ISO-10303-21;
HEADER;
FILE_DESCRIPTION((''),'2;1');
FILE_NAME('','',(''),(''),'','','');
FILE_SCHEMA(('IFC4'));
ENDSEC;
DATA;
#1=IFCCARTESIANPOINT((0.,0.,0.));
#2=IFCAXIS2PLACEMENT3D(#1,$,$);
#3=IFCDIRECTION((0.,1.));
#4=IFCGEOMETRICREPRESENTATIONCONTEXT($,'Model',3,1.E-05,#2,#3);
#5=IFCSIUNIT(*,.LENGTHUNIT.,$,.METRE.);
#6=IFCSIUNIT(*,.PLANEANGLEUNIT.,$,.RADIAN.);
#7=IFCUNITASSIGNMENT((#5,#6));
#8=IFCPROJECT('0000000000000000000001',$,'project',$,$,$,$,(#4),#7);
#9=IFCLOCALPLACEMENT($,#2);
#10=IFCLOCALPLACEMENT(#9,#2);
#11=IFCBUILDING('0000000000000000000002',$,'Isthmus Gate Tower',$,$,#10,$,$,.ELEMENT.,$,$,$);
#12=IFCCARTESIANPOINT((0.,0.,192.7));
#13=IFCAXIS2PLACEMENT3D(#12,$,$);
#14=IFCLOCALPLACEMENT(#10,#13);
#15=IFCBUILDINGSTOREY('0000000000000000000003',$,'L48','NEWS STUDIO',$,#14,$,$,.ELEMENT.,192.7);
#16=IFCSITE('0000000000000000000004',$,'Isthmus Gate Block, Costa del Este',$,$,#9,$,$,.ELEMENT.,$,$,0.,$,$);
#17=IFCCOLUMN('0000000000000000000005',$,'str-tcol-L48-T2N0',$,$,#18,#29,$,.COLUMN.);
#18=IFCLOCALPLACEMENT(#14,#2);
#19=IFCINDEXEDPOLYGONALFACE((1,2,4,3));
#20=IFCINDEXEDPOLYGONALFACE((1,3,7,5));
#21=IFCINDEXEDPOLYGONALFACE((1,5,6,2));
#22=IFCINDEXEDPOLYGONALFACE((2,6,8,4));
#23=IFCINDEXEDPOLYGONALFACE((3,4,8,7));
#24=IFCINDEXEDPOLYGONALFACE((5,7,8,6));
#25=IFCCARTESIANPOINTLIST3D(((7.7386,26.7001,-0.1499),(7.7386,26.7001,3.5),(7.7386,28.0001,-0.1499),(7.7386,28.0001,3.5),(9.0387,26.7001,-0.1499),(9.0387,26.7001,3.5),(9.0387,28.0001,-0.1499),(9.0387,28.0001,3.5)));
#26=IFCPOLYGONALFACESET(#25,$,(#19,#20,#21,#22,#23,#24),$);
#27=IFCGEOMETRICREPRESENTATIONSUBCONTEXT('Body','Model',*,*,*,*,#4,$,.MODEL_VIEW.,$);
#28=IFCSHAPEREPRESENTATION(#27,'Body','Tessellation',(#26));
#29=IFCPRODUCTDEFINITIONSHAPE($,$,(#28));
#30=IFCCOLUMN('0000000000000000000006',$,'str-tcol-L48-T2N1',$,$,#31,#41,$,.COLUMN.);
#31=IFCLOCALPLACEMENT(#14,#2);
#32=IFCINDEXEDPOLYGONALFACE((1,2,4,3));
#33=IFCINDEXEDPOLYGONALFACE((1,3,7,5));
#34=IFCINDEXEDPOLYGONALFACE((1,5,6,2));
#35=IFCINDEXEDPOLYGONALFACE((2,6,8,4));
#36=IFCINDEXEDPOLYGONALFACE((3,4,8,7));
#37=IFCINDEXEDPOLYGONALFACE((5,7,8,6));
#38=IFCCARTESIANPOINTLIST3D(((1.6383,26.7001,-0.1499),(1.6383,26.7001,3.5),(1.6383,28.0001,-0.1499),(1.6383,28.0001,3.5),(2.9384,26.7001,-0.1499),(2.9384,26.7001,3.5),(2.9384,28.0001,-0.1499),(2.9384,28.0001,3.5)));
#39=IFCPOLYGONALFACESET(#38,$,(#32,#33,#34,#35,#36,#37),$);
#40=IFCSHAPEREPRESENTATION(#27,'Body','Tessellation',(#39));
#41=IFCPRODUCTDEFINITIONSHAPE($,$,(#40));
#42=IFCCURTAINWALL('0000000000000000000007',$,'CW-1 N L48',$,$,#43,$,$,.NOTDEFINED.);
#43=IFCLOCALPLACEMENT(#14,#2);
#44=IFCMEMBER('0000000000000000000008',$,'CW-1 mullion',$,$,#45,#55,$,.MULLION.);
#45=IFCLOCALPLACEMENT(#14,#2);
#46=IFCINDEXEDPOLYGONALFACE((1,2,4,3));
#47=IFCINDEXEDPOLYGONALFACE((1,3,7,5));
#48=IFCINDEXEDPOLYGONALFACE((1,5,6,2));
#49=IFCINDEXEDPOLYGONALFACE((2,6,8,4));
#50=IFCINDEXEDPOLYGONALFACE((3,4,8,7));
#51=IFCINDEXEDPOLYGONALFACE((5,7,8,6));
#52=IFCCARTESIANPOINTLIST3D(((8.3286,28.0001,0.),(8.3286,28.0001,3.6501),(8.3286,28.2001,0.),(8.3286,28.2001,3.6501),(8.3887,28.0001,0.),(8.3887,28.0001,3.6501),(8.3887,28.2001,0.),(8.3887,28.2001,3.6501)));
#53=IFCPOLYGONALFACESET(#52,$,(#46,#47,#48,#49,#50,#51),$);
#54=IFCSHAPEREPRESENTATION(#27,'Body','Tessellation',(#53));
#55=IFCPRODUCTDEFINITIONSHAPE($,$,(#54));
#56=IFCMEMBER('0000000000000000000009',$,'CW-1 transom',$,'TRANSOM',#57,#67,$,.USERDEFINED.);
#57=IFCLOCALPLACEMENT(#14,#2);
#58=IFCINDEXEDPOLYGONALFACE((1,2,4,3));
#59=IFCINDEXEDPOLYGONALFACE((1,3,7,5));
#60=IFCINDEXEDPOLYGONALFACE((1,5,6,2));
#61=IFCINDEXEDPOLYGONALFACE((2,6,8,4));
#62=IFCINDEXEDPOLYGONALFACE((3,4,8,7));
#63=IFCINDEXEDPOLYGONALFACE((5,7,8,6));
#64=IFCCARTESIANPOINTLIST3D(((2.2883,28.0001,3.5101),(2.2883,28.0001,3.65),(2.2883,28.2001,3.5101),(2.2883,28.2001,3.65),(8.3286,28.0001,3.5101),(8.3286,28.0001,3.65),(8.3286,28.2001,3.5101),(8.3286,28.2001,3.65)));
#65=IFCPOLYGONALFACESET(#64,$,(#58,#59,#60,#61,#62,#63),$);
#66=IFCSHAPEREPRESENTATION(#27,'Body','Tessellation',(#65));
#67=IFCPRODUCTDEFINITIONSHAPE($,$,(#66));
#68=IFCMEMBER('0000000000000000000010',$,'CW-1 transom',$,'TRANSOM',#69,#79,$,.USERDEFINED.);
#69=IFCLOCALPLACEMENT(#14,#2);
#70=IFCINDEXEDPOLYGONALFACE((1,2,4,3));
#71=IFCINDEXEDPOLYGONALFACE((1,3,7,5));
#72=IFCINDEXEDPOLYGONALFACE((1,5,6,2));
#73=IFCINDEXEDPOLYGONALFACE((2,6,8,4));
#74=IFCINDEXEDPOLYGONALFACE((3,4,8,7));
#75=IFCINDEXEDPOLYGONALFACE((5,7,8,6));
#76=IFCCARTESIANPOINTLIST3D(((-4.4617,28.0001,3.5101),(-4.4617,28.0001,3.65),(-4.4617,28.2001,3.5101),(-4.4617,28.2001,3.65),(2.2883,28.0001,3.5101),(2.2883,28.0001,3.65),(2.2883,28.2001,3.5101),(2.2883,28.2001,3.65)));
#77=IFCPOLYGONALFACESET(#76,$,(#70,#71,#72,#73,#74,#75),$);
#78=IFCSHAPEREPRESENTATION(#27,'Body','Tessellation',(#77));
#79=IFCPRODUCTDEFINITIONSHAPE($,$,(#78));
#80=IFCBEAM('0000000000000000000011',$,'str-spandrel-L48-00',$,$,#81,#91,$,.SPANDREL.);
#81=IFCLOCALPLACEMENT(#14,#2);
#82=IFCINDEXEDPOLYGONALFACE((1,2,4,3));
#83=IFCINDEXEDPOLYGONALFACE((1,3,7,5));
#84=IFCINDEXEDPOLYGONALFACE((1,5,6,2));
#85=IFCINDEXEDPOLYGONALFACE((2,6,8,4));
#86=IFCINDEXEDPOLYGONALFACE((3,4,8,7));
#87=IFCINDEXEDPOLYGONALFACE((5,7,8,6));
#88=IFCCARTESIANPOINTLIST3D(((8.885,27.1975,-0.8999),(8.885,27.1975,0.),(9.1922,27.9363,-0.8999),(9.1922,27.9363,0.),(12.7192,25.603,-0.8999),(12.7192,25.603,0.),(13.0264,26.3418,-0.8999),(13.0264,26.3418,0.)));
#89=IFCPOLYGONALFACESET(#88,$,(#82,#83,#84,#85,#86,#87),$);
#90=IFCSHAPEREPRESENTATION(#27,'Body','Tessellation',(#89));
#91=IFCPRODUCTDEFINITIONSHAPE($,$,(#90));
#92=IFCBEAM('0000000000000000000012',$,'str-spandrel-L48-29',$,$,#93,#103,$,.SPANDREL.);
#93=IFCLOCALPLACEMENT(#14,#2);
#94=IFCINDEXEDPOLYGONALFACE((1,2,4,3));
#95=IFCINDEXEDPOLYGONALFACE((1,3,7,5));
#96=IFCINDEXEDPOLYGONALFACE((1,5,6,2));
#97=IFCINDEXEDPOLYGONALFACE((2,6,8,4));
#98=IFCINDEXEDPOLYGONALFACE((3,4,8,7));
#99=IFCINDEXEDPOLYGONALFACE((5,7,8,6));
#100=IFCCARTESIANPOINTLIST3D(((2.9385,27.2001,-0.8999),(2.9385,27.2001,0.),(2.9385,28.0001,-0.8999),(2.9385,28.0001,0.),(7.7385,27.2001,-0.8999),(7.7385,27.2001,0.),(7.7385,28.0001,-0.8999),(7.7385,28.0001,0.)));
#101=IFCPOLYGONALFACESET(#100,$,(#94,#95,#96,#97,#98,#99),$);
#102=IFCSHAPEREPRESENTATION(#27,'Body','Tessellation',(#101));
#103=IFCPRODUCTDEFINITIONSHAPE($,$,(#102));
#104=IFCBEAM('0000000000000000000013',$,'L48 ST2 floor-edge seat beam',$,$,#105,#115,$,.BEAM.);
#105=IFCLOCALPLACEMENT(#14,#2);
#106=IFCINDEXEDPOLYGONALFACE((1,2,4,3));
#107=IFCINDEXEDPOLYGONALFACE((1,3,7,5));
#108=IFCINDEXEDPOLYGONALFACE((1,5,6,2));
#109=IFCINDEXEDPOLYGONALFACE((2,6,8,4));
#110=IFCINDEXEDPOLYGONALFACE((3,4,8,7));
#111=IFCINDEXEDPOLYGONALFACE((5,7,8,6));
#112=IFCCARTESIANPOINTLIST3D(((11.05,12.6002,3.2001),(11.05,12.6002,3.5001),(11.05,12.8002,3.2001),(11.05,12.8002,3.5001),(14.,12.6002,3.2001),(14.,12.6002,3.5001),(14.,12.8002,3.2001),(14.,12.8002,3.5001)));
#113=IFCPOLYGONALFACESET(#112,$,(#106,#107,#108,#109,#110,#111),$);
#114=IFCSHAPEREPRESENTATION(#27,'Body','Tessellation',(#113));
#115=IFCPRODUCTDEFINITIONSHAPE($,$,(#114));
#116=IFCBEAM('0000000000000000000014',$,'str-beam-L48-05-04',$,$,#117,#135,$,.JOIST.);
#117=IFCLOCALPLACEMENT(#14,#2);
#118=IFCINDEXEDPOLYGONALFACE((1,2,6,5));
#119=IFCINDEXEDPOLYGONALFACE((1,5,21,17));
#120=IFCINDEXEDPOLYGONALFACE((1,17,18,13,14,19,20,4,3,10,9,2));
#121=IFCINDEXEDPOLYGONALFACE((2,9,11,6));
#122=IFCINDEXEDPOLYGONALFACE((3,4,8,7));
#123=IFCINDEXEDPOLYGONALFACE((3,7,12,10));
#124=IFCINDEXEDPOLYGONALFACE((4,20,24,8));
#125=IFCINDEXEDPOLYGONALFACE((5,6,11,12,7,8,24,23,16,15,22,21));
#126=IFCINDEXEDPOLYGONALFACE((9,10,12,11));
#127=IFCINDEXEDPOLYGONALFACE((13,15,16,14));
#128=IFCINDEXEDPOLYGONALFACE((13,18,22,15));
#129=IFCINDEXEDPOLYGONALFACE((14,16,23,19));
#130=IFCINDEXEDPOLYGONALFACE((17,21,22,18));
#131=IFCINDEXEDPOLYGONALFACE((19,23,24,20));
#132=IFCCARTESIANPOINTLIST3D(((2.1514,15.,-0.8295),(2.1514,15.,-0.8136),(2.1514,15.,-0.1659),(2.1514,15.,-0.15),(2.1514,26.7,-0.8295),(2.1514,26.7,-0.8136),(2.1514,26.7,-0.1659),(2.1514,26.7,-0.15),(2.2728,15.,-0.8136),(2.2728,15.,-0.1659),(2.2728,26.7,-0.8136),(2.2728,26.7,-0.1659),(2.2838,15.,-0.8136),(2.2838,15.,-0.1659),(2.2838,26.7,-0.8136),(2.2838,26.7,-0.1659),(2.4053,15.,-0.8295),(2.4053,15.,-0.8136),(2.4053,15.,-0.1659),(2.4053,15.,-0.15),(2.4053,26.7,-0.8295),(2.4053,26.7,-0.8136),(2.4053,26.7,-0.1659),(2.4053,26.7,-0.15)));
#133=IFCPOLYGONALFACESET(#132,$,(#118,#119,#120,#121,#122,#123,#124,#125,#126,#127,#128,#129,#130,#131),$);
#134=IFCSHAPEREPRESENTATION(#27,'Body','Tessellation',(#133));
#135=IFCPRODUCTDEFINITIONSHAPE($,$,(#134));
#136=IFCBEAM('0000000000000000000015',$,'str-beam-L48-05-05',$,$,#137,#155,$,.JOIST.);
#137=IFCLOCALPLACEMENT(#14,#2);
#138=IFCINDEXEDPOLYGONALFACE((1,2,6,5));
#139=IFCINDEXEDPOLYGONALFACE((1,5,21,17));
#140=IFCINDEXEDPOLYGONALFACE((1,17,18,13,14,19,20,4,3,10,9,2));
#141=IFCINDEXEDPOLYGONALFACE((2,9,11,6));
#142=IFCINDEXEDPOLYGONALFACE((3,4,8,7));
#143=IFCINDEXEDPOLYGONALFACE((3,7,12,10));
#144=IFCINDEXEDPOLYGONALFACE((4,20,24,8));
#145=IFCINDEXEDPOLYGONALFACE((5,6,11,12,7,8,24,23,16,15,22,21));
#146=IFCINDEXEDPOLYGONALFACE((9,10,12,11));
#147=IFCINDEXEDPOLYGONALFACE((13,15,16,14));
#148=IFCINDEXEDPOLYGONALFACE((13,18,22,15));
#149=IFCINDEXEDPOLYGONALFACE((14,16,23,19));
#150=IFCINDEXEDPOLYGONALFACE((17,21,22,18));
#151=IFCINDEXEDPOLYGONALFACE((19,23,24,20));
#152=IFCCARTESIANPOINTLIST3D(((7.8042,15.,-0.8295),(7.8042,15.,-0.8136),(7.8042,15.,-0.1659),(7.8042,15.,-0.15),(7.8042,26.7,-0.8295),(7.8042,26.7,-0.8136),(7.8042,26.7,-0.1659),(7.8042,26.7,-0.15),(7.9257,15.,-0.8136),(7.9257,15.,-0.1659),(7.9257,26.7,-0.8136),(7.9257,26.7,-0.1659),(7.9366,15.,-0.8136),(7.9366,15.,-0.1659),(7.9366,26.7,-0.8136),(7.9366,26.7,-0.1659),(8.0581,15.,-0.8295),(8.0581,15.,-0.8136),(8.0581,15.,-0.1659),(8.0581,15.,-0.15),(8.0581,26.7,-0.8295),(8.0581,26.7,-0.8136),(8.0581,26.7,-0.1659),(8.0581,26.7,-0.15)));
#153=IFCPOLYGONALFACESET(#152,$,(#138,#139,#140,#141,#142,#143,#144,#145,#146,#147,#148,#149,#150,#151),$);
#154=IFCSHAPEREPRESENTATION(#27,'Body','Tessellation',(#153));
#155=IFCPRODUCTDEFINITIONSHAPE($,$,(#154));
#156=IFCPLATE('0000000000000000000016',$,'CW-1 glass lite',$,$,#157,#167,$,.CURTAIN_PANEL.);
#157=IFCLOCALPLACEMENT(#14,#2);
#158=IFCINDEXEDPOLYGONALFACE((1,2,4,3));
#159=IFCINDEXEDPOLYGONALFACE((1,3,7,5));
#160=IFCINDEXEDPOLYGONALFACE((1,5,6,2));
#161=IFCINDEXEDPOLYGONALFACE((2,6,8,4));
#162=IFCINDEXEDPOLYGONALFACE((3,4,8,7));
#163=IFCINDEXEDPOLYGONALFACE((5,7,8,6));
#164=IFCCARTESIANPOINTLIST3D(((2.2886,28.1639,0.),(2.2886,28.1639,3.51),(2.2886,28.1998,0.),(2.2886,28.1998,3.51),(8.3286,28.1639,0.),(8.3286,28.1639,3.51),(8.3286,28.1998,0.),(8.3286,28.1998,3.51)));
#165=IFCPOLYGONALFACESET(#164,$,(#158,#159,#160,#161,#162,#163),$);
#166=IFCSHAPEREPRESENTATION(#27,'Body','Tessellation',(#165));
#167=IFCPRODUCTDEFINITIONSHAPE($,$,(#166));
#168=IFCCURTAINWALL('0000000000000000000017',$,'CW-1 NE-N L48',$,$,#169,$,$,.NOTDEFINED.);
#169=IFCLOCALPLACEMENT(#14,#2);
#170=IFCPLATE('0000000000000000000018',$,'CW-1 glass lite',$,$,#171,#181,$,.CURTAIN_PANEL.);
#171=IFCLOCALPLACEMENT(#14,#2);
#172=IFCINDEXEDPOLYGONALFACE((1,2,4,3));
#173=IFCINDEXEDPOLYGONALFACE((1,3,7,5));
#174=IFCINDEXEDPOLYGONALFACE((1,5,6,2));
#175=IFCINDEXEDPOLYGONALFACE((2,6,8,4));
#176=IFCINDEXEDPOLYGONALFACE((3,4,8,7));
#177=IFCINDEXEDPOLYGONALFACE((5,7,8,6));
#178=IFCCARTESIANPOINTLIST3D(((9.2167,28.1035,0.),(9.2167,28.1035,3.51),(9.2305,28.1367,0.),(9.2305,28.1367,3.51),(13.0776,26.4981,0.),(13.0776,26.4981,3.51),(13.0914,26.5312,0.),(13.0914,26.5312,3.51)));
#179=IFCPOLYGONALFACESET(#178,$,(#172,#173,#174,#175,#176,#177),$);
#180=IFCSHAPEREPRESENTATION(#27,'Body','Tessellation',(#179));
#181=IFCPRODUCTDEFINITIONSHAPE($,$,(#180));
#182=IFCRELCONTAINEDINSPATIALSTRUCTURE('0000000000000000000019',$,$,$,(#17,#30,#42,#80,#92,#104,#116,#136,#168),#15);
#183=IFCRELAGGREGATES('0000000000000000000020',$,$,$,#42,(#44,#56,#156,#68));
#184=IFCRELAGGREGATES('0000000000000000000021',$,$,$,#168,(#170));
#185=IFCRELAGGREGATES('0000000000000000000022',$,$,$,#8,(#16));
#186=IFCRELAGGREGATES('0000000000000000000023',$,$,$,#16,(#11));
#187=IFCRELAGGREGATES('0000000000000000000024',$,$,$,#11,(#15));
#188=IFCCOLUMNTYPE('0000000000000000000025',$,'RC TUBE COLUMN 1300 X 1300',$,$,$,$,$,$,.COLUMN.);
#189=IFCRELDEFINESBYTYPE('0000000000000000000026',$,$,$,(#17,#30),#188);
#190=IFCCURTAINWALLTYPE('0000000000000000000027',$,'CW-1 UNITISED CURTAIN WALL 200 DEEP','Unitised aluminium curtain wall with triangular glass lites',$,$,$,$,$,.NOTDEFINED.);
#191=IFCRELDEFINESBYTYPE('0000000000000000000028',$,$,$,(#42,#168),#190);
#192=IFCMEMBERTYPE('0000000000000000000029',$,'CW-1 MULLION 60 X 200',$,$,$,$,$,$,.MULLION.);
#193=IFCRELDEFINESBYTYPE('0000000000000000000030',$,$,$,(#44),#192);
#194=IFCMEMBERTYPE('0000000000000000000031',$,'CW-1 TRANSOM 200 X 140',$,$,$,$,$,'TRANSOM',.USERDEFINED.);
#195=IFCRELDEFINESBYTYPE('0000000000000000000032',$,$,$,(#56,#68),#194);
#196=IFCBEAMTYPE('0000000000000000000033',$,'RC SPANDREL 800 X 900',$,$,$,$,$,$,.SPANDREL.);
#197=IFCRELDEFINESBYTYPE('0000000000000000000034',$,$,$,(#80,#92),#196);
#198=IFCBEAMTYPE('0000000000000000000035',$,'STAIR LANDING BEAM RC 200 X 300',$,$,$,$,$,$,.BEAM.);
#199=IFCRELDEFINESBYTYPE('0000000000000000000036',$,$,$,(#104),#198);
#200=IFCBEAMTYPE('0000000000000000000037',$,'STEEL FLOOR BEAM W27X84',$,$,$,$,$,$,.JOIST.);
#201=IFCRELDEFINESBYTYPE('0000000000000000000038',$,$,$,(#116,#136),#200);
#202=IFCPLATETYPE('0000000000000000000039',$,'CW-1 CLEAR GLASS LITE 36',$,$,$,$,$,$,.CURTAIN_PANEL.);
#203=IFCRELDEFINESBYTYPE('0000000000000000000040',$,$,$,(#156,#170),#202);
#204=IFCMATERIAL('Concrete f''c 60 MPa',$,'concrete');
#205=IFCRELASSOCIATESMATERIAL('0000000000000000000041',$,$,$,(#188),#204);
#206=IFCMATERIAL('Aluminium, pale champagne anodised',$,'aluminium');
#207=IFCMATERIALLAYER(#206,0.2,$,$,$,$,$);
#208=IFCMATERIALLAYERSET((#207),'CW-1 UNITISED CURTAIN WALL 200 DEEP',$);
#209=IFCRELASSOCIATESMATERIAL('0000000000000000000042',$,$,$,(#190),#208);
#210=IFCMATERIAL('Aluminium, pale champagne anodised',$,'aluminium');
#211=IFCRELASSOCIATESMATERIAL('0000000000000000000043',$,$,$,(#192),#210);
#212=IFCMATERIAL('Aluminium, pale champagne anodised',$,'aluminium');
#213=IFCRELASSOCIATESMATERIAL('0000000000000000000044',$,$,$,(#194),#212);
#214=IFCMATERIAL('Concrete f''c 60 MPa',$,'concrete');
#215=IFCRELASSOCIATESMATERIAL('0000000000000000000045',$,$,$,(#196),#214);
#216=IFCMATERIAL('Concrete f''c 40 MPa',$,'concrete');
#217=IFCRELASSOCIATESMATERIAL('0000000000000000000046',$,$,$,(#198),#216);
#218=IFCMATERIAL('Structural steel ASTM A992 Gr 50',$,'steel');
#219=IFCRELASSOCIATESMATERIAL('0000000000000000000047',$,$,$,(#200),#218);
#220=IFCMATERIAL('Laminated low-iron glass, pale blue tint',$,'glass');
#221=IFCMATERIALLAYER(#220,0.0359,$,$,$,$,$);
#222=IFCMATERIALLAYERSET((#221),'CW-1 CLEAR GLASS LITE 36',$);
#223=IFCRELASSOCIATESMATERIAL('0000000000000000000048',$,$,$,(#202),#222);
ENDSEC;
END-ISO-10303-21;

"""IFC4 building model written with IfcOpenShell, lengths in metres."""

from ifc_helpers import new_model, si_unit, direction, frame, origin, origin_2d, place, context, subcontext, project, spatial, rectangle, i_section, extrude, material, layer, layer_set, material_profile, profile_set, type_object, element, aggregate, save


model = new_model("IFC4")

# Units and contexts
model_context = context("Model", 3, precision=1e-05, world=origin(), true_north=direction((0.0, 1.0)))
body_context = subcontext(model_context, "Body", "Model", "MODEL_VIEW")
ifc_project = project(units=[si_unit("LENGTHUNIT", "METRE"), si_unit("PLANEANGLEUNIT", "RADIAN")], contexts=[model_context])

# Site, building, storey
site_placement = place(None, origin())
site = spatial("IfcSite", under=ifc_project, at=site_placement, Name="Isthmus Gate Block, Costa del Este", CompositionType="ELEMENT", RefElevation=0.0)
building_placement = place(site_placement, origin())
building = spatial("IfcBuilding", under=site, at=building_placement, Name="Isthmus Gate Tower", CompositionType="ELEMENT")
storey_placement = place(building_placement, frame((0.0, 0.0, 192.7)))
storey = spatial("IfcBuildingStorey", under=building, at=storey_placement, Name="L48", Description="NEWS STUDIO", CompositionType="ELEMENT", Elevation=192.7)

# Columns
ifc_material_1 = material(Name="Concrete f'c 60 MPa", Category="concrete")
ifc_material_profile_1 = material_profile(ifc_material_1, rectangle(XDim=1.3, YDim=1.3, at=origin_2d()), Name="RC 1300X1300")
ifc_profile_set_1 = profile_set([ifc_material_profile_1], Name="Concrete f'c 60 MPa")
column_type = type_object("IfcColumnType", Name="RC TUBE COLUMN 1300 X 1300", PredefinedType="COLUMN", material=ifc_profile_set_1)
for number, where, z_axis, x_axis, name in (
    (1, (8.3887, 27.3501, -0.1499), (0.0, 0.0, 1.0), (-1.0, 0.0, 0.0), "str-tcol-L48-T2N0"),
    (2, (2.2883, 27.3501, -0.1499), (0.0, 0.0, 1.0), (-1.0, 0.0, 0.0), "str-tcol-L48-T2N1"),
):
    element("IfcColumn", number, at=place(storey_placement, frame(where, z_axis=z_axis, x_axis=x_axis)), inside=storey, type_object=column_type, Name=name, PredefinedType="COLUMN", context=body_context, shape_type="SweptSolid", body=[
        extrude(rectangle(XDim=1.3, YDim=1.3, at=origin_2d()), origin(), (0.0, 0.0, 1.0), 3.6499),
    ])

# Curtain wall, members
ifc_material_2 = material(Name="Aluminium, pale champagne anodised", Category="aluminium")
ifc_layer_1 = layer(ifc_material_2, 0.2)
ifc_layer_set_1 = layer_set([ifc_layer_1], Name="CW-1 UNITISED CURTAIN WALL 200 DEEP")
curtain_wall_type = type_object("IfcCurtainWallType", Name="CW-1 UNITISED CURTAIN WALL 200 DEEP", Description="Unitised aluminium curtain wall with triangular glass lites", PredefinedType="NOTDEFINED", material=ifc_layer_set_1)
curtain_wall_1_placement = place(storey_placement, origin())
curtain_wall_1 = element("IfcCurtainWall", 3, at=curtain_wall_1_placement, inside=storey, type_object=curtain_wall_type, Name="CW-1 N L48", PredefinedType="NOTDEFINED")
ifc_material_3 = material(Name="Aluminium, pale champagne anodised", Category="aluminium")
ifc_material_profile_2 = material_profile(ifc_material_3, rectangle(XDim=0.0601, YDim=0.2, at=origin_2d()), Name="60x200")
ifc_profile_set_2 = profile_set([ifc_material_profile_2], Name="Aluminium, pale champagne anodised")
member_type_1 = type_object("IfcMemberType", Name="CW-1 MULLION 60 X 200", PredefinedType="MULLION", material=ifc_profile_set_2)
member_1_placement = place(storey_placement, frame((8.3586, 28.1001, 0.0), z_axis=(0.0, 0.0, 1.0), x_axis=(-1.0, 0.0, 0.0)))
member_1 = element("IfcMember", 4, at=member_1_placement, type_object=member_type_1, Name="CW-1 mullion", PredefinedType="MULLION", context=body_context, shape_type="SweptSolid", body=[
    extrude(rectangle(XDim=0.0601, YDim=0.2, at=origin_2d()), origin(), (0.0, 0.0, 1.0), 3.6501),
])
ifc_material_4 = material(Name="Aluminium, pale champagne anodised", Category="aluminium")
ifc_material_profile_3 = material_profile(ifc_material_4, rectangle(XDim=0.2, YDim=0.1399, at=origin_2d()), Name="200x140")
ifc_profile_set_3 = profile_set([ifc_material_profile_3], Name="Aluminium, pale champagne anodised")
member_type_2 = type_object("IfcMemberType", Name="CW-1 TRANSOM 200 X 140", ElementType="TRANSOM", PredefinedType="USERDEFINED", material=ifc_profile_set_3)
member_2_placement = place(storey_placement, frame((8.3286, 28.1001, 3.5801), z_axis=(-1.0, 0.0, 0.0), x_axis=(0.0, -1.0, 0.0)))
member_2 = element("IfcMember", 5, at=member_2_placement, type_object=member_type_2, Name="CW-1 transom", ObjectType="TRANSOM", PredefinedType="USERDEFINED", context=body_context, shape_type="SweptSolid", body=[
    extrude(rectangle(XDim=0.2, YDim=0.1399, at=origin_2d()), origin(), (0.0, 0.0, 1.0), 6.0403),
])
member_3_placement = place(storey_placement, frame((2.2883, 28.1001, 3.5801), z_axis=(-1.0, 0.0, 0.0), x_axis=(0.0, -1.0, 0.0)))
member_3 = element("IfcMember", 6, at=member_3_placement, type_object=member_type_2, Name="CW-1 transom", ObjectType="TRANSOM", PredefinedType="USERDEFINED", context=body_context, shape_type="SweptSolid", body=[
    extrude(rectangle(XDim=0.2, YDim=0.1399, at=origin_2d()), origin(), (0.0, 0.0, 1.0), 6.75),
])

# Beams
ifc_material_5 = material(Name="Concrete f'c 60 MPa", Category="concrete")
ifc_material_profile_4 = material_profile(ifc_material_5, rectangle(XDim=0.8, YDim=0.8999, at=origin_2d()), Name="RC 800X900")
ifc_profile_set_4 = profile_set([ifc_material_profile_4], Name="Concrete f'c 60 MPa")
beam_type_1 = type_object("IfcBeamType", Name="RC SPANDREL 800 X 900", PredefinedType="SPANDREL", material=ifc_profile_set_4)
beam_1_placement = place(storey_placement, frame((9.0386, 27.5669, -0.45), z_axis=(0.923343, -0.383977, 0.0), x_axis=(0.383977, 0.923343, 0.0)))
element("IfcBeam", 7, at=beam_1_placement, inside=storey, type_object=beam_type_1, Name="str-spandrel-L48-00", PredefinedType="SPANDREL", context=body_context, shape_type="SweptSolid", body=[
    extrude(rectangle(XDim=0.8, YDim=0.8999, at=origin_2d()), origin(), (0.0, 0.0, 1.0), 4.1526),
])
beam_2_placement = place(storey_placement, frame((2.9385, 27.6001, -0.45), z_axis=(1.0, 0.0, 0.0), x_axis=(0.0, 1.0, 0.0)))
element("IfcBeam", 8, at=beam_2_placement, inside=storey, type_object=beam_type_1, Name="str-spandrel-L48-29", PredefinedType="SPANDREL", context=body_context, shape_type="SweptSolid", body=[
    extrude(rectangle(XDim=0.8, YDim=0.8999, at=origin_2d()), origin(), (0.0, 0.0, 1.0), 4.8),
])
ifc_material_6 = material(Name="Concrete f'c 40 MPa", Category="concrete")
ifc_material_profile_5 = material_profile(ifc_material_6, rectangle(XDim=0.2, YDim=0.3, at=origin_2d()), Name="STAIR LANDING BEAM RC 200 X 300")
ifc_profile_set_5 = profile_set([ifc_material_profile_5], Name="Concrete f'c 40 MPa")
beam_type_2 = type_object("IfcBeamType", Name="STAIR LANDING BEAM RC 200 X 300", PredefinedType="BEAM", material=ifc_profile_set_5)
beam_3_placement = place(storey_placement, frame((11.05, 12.7002, 3.3501), z_axis=(1.0, 0.0, 0.0), x_axis=(0.0, 1.0, 0.0)))
element("IfcBeam", 9, at=beam_3_placement, inside=storey, type_object=beam_type_2, Name="L48 ST2 floor-edge seat beam", PredefinedType="BEAM", context=body_context, shape_type="SweptSolid", body=[
    extrude(rectangle(XDim=0.2, YDim=0.3, at=origin_2d()), origin(), (0.0, 0.0, 1.0), 2.95),
])
ifc_material_7 = material(Name="Structural steel ASTM A992 Gr 50", Category="steel")
ifc_material_profile_6 = material_profile(ifc_material_7, i_section(OverallWidth=0.2539, OverallDepth=0.6794, WebThickness=0.011, FlangeThickness=0.0159, at=origin_2d()), Name="W27X84")
ifc_profile_set_6 = profile_set([ifc_material_profile_6], Name="Structural steel ASTM A992 Gr 50")
beam_type_3 = type_object("IfcBeamType", Name="STEEL FLOOR BEAM W27X84", PredefinedType="JOIST", material=ifc_profile_set_6)
for number, where, z_axis, x_axis, name in (
    (10, (2.2783, 15.0, -0.4897), (0.0, 1.0, 0.0), (-1.0, 0.0, 0.0), "str-beam-L48-05-04"),
    (11, (7.9312, 15.0, -0.4897), (0.0, 1.0, 0.0), (-1.0, 0.0, 0.0), "str-beam-L48-05-05"),
):
    element("IfcBeam", number, at=place(storey_placement, frame(where, z_axis=z_axis, x_axis=x_axis)), inside=storey, type_object=beam_type_3, Name=name, PredefinedType="JOIST", context=body_context, shape_type="SweptSolid", body=[
        extrude(i_section(OverallWidth=0.2539, OverallDepth=0.6794, WebThickness=0.011, FlangeThickness=0.0159, at=origin_2d()), origin(), (0.0, 0.0, 1.0), 11.7),
    ])

# Plate
ifc_material_8 = material(Name="Laminated low-iron glass, pale blue tint", Category="glass")
ifc_layer_2 = layer(ifc_material_8, 0.0359)
ifc_layer_set_2 = layer_set([ifc_layer_2], Name="CW-1 CLEAR GLASS LITE 36")
plate_type = type_object("IfcPlateType", Name="CW-1 CLEAR GLASS LITE 36", PredefinedType="CURTAIN_PANEL", material=ifc_layer_set_2)
plate_1_placement = place(storey_placement, frame((5.3086, 28.1819, 0.0), z_axis=(0.0, 0.0, 1.0), x_axis=(-1.0, 0.0, 0.0)))
plate_1 = element("IfcPlate", 12, at=plate_1_placement, type_object=plate_type, Name="CW-1 glass lite", PredefinedType="CURTAIN_PANEL", context=body_context, shape_type="SweptSolid", body=[
    extrude(rectangle(XDim=6.04, YDim=0.0359, at=origin_2d()), origin(), (0.0, 0.0, 1.0), 3.51),
])
aggregate(curtain_wall_1, [member_1, member_2, plate_1, member_3])

# Curtain wall, plate
curtain_wall_2_placement = place(storey_placement, origin())
curtain_wall_2 = element("IfcCurtainWall", 13, at=curtain_wall_2_placement, inside=storey, type_object=curtain_wall_type, Name="CW-1 NE-N L48", PredefinedType="NOTDEFINED")
plate_2_placement = place(storey_placement, frame((11.1541, 27.3174, 0.0), z_axis=(0.0, 0.0, 1.0), x_axis=(-0.923353, 0.383952, 0.0)))
plate_2 = element("IfcPlate", 14, at=plate_2_placement, type_object=plate_type, Name="CW-1 glass lite", PredefinedType="CURTAIN_PANEL", context=body_context, shape_type="SweptSolid", body=[
    extrude(rectangle(XDim=4.1814, YDim=0.0359, at=origin_2d()), origin(), (0.0, 0.0, 1.0), 3.51),
])
aggregate(curtain_wall_2, [plate_2])

save(model, "model.ifc")
